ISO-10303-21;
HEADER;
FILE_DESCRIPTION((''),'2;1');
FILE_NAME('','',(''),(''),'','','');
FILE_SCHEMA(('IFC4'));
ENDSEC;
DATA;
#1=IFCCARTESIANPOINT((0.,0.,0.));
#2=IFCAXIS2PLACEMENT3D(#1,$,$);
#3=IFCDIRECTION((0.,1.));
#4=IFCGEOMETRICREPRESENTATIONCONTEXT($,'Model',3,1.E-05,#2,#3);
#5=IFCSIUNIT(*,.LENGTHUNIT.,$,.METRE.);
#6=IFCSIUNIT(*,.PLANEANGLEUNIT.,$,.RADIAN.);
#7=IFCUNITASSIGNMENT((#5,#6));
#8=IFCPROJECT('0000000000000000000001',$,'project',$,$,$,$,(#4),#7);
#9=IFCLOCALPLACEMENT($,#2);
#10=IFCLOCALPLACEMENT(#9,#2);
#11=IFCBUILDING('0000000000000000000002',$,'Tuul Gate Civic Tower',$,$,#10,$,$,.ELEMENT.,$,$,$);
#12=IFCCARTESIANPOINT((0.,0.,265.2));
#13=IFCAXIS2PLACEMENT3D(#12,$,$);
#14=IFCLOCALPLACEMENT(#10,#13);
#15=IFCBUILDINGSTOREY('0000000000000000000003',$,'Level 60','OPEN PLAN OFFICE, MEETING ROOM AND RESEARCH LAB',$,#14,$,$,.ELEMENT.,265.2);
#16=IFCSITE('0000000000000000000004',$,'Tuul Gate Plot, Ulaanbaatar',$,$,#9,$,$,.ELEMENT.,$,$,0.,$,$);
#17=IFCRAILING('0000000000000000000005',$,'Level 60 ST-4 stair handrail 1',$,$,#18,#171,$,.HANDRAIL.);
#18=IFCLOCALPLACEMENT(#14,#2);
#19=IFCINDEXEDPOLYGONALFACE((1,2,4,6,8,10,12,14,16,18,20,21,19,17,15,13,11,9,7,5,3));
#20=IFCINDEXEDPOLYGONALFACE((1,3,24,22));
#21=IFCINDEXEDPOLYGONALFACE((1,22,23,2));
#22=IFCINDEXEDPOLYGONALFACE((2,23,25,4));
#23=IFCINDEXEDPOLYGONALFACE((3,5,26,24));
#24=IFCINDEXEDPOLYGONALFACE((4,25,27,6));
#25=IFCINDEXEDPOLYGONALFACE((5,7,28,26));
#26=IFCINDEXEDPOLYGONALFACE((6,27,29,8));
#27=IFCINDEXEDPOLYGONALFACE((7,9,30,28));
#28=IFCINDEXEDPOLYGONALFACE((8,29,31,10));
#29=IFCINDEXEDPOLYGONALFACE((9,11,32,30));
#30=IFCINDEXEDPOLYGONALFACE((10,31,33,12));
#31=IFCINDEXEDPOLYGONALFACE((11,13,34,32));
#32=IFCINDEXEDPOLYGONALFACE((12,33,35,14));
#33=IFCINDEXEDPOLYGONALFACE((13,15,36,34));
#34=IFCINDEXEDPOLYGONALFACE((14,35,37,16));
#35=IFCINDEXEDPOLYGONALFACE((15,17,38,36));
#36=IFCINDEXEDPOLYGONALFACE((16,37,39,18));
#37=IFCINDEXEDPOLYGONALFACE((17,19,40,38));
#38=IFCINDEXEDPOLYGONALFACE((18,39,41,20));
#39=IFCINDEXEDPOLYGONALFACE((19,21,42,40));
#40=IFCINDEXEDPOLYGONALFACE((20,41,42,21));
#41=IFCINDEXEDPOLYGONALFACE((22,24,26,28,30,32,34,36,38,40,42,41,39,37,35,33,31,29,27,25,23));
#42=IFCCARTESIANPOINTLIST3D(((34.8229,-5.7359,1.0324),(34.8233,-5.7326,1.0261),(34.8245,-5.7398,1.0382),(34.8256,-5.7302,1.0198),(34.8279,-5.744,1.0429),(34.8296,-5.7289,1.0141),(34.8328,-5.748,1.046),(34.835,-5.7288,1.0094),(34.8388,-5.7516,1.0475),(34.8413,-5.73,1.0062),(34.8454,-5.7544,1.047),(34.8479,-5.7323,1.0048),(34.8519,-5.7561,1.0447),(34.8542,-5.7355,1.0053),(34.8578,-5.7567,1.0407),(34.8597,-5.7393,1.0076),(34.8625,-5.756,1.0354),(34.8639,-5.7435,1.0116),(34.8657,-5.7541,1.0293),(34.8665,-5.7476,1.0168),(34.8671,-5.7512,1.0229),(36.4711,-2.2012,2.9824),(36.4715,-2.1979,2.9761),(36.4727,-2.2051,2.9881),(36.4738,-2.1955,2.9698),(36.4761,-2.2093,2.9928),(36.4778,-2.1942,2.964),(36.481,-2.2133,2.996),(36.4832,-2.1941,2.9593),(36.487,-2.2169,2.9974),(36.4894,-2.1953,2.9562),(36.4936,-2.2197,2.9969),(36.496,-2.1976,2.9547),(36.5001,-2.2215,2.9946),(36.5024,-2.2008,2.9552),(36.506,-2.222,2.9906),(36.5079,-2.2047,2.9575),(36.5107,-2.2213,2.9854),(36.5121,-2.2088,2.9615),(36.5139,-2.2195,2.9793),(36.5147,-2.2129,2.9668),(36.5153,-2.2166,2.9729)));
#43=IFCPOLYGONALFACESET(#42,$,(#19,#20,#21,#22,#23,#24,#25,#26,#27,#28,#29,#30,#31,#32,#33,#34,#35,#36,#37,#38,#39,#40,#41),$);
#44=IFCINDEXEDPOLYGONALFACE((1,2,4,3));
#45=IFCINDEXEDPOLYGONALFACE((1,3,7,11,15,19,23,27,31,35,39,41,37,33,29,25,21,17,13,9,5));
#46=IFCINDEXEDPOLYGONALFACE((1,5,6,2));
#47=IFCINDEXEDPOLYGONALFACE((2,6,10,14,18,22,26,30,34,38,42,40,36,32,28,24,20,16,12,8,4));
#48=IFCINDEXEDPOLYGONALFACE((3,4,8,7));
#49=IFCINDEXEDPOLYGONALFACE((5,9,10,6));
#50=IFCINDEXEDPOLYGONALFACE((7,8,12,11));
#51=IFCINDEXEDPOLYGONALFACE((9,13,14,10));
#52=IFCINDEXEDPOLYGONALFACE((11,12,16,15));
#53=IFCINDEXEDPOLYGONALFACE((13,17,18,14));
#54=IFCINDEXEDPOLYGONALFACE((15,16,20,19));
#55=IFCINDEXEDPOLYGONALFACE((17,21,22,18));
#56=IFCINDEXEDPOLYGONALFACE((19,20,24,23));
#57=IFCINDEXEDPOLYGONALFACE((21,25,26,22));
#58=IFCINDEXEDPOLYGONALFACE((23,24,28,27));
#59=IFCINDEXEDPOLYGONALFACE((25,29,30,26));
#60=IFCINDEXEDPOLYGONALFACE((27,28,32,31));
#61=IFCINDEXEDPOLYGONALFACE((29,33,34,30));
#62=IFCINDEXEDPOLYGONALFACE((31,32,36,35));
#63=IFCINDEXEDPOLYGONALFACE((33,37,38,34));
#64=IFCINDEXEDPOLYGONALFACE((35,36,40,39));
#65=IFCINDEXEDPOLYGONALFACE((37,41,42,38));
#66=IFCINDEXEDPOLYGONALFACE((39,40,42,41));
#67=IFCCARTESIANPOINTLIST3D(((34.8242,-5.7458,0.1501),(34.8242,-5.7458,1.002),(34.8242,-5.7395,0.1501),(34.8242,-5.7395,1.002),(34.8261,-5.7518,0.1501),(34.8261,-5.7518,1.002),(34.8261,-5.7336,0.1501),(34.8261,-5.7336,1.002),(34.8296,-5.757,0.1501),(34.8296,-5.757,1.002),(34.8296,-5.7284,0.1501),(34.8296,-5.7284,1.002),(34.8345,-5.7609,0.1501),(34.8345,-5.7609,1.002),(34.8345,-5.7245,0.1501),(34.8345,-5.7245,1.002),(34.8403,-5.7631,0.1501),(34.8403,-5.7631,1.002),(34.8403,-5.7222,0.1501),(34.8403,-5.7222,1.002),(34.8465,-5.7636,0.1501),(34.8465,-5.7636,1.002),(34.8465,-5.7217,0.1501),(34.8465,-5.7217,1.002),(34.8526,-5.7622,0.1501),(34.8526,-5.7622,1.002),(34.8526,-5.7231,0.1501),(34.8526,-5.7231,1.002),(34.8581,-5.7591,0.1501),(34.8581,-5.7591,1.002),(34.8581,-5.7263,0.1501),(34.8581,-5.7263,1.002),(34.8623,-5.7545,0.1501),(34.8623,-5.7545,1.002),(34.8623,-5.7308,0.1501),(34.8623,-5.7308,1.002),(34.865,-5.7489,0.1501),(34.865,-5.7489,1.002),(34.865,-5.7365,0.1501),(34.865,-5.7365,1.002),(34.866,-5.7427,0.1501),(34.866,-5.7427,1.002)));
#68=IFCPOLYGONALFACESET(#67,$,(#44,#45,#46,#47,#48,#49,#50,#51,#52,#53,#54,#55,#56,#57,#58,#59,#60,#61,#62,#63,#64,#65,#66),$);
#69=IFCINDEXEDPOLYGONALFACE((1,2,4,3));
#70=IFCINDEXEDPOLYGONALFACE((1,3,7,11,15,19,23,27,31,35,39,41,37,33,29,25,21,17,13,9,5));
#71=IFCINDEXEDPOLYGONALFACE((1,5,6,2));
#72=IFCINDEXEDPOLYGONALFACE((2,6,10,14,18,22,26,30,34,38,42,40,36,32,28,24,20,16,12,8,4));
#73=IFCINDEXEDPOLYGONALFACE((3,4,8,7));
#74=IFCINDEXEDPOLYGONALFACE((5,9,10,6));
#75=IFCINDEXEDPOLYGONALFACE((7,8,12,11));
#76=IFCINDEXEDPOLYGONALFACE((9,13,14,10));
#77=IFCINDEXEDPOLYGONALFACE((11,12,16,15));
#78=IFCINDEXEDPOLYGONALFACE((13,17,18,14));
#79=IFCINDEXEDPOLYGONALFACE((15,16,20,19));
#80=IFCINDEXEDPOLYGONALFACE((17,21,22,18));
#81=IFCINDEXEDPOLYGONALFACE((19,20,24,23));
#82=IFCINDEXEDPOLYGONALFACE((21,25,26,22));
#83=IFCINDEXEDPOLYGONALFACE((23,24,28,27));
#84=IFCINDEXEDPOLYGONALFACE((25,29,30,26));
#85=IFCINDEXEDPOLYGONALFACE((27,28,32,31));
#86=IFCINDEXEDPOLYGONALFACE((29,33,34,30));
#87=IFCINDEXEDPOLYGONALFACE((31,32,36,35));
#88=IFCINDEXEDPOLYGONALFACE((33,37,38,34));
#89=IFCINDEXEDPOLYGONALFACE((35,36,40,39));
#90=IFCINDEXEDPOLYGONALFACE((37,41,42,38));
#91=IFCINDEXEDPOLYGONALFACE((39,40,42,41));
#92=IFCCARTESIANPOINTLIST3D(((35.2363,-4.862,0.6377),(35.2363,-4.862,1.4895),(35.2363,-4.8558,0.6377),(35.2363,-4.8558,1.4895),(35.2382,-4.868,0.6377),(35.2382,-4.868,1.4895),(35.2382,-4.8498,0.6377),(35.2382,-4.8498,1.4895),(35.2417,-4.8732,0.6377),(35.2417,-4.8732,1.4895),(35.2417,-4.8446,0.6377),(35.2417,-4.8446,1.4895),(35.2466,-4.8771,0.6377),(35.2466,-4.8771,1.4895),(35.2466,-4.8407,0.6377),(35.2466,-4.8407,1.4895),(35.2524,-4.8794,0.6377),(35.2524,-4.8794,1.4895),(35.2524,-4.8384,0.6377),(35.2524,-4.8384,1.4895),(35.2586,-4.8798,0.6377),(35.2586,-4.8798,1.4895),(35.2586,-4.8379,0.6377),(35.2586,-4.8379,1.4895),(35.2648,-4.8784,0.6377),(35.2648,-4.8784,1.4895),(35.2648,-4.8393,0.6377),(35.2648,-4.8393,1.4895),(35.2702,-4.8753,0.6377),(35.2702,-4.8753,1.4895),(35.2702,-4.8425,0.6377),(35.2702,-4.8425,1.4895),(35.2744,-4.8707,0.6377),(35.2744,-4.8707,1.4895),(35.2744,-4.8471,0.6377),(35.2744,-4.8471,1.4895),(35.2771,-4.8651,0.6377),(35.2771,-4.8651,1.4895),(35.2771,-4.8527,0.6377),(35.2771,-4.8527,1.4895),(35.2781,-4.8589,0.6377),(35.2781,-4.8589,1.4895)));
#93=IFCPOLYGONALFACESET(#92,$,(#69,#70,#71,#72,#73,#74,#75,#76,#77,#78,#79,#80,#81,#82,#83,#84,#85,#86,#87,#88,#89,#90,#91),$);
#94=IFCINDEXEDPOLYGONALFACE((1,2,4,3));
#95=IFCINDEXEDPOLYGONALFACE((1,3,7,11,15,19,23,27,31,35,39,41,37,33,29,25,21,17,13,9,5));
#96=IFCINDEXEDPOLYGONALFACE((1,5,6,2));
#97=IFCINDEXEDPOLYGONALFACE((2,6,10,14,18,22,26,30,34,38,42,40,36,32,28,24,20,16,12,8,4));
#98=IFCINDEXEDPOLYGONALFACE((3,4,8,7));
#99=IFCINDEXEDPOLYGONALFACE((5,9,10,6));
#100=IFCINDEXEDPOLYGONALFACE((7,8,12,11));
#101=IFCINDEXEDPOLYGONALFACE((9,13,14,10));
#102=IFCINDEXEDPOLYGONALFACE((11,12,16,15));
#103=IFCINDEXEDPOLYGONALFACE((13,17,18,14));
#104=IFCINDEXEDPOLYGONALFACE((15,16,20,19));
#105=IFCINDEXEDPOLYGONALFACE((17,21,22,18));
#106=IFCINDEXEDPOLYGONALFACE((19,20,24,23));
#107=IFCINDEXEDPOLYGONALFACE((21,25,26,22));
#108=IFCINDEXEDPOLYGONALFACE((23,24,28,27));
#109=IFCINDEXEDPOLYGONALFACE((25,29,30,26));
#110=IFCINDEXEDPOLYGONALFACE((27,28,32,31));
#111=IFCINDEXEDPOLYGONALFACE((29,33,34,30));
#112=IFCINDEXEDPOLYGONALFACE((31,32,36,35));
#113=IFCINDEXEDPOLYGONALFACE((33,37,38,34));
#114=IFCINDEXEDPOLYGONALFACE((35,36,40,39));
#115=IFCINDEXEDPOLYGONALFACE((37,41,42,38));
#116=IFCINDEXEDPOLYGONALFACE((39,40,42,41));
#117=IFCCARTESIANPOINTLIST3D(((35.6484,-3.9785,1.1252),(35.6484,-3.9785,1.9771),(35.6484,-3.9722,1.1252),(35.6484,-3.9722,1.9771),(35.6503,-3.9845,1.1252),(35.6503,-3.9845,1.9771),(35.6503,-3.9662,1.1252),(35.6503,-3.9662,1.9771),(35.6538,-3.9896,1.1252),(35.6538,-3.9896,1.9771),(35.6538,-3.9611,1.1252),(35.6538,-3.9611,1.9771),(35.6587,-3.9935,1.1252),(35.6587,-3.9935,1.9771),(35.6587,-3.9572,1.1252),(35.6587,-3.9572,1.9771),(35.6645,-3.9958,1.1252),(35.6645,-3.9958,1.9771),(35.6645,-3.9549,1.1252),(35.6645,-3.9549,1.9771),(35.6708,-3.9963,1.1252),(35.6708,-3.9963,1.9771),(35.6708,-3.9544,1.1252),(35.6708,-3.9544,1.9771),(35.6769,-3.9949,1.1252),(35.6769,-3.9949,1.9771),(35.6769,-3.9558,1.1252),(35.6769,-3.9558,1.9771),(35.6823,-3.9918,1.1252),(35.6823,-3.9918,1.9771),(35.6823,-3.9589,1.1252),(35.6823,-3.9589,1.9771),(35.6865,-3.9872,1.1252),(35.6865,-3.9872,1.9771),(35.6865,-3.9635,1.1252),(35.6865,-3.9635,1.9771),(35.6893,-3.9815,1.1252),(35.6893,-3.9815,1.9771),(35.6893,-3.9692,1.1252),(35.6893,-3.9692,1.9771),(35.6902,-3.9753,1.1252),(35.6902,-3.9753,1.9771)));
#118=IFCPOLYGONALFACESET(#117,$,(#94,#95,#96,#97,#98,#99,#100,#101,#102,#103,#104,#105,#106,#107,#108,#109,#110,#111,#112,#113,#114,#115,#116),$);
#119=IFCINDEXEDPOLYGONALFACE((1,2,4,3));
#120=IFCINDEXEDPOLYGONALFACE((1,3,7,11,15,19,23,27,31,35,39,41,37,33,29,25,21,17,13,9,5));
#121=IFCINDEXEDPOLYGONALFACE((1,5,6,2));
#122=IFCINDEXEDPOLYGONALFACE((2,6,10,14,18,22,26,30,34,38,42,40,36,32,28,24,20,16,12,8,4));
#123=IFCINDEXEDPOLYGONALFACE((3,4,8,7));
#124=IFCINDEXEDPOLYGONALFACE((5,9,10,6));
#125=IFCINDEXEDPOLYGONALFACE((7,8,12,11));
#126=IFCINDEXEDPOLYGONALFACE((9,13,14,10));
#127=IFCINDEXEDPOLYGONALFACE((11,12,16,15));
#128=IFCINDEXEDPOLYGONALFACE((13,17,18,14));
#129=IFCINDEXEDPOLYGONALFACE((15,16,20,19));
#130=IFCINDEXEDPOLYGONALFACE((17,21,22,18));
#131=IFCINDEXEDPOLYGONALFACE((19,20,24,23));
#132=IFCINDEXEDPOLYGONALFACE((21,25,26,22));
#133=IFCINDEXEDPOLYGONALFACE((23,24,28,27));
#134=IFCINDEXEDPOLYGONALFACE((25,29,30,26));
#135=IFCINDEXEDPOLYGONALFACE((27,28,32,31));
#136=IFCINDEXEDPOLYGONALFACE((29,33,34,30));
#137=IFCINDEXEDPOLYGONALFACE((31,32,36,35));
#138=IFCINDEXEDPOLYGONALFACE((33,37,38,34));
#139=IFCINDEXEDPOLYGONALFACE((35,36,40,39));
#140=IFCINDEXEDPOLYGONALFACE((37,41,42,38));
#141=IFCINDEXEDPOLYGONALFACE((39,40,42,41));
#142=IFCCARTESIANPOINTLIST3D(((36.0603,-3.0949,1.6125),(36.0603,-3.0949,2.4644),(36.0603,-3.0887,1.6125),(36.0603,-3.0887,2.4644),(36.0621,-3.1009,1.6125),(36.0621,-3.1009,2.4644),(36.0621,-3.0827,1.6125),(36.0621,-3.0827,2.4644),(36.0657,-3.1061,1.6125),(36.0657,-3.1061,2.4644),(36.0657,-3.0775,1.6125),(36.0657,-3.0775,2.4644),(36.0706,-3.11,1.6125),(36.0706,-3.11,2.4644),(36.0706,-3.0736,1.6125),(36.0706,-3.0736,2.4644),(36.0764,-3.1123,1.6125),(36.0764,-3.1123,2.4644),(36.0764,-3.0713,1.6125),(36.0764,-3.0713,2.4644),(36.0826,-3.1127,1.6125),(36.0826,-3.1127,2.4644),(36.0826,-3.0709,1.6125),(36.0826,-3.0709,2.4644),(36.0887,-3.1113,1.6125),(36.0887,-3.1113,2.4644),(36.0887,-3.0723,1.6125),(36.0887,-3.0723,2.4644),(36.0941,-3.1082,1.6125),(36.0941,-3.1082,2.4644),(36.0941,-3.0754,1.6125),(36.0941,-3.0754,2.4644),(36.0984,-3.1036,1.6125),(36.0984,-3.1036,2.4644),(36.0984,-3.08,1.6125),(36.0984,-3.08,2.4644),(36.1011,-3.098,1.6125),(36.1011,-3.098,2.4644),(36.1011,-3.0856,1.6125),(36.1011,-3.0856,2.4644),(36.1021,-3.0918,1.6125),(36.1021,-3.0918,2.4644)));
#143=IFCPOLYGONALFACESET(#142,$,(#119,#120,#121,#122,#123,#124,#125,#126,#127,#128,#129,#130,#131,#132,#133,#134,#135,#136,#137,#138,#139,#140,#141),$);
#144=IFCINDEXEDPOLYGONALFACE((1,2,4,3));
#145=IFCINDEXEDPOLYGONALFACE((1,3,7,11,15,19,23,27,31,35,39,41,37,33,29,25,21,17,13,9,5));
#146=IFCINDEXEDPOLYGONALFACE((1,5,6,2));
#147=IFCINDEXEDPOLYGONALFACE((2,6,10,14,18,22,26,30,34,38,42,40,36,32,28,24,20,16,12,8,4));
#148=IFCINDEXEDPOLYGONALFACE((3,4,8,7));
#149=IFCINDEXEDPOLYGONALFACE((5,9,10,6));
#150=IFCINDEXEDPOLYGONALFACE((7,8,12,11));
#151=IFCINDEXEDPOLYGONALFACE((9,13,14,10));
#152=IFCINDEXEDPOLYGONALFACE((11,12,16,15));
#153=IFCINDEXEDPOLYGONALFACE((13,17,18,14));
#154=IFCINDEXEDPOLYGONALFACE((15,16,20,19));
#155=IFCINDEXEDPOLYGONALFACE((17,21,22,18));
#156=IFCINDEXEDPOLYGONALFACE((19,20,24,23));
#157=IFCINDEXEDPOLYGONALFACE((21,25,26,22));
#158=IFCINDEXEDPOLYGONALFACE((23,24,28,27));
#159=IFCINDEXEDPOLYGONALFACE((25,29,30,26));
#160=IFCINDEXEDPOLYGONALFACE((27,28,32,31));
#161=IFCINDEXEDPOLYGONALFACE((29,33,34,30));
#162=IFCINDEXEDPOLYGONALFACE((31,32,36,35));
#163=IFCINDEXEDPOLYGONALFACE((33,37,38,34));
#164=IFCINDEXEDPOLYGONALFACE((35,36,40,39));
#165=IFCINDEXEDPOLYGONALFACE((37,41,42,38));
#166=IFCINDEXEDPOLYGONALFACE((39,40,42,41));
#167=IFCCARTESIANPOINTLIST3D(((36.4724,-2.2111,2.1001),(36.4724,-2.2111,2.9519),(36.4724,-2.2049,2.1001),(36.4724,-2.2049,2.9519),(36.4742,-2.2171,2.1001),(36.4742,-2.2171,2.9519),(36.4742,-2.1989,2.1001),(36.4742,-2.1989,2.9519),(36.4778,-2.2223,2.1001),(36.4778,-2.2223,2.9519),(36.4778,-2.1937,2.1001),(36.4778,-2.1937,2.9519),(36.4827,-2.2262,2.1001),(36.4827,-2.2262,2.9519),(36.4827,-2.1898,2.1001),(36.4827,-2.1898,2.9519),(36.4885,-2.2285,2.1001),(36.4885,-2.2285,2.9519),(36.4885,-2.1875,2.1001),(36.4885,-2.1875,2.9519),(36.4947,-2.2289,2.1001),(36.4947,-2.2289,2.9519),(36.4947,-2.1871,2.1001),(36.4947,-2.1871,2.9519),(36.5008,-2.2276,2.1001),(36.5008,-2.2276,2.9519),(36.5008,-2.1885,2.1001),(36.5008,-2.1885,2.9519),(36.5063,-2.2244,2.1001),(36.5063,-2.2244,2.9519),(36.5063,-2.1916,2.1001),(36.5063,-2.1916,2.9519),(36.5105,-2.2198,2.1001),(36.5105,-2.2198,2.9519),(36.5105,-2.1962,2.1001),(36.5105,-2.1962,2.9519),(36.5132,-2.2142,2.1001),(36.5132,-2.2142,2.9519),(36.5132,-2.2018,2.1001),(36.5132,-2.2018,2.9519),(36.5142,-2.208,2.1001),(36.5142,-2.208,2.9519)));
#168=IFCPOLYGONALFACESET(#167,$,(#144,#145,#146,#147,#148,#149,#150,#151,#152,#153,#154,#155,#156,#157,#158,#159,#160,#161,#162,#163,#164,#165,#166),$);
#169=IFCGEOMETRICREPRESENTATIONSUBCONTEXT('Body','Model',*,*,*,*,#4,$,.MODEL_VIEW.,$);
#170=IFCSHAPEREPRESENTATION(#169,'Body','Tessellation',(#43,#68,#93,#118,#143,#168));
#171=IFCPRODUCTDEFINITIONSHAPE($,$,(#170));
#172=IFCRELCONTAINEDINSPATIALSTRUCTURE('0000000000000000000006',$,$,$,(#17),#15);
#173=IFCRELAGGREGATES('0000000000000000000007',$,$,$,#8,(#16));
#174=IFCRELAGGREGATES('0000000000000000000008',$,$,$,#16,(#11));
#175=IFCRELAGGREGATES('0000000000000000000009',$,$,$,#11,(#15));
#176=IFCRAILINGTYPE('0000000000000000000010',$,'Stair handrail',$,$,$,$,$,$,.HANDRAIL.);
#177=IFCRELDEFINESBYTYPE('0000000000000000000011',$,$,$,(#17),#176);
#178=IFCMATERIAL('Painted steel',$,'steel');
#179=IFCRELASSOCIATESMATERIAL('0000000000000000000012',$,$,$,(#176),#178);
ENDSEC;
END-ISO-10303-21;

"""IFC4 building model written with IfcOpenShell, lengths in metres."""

from ifc_helpers import new_model, si_unit, direction, frame, origin, origin_2d, place, context, subcontext, project, spatial, circle, extrude, material, type_object, element, save


model = new_model("IFC4")

# Units and contexts
model_context = context("Model", 3, precision=1e-05, world=origin(), true_north=direction((0.0, 1.0)))
body_context = subcontext(model_context, "Body", "Model", "MODEL_VIEW")
ifc_project = project(units=[si_unit("LENGTHUNIT", "METRE"), si_unit("PLANEANGLEUNIT", "RADIAN")], contexts=[model_context])

# Site, building, storey
site_placement = place(None, origin())
site = spatial("IfcSite", under=ifc_project, at=site_placement, Name="Tuul Gate Plot, Ulaanbaatar", CompositionType="ELEMENT", RefElevation=0.0)
building_placement = place(site_placement, origin())
building = spatial("IfcBuilding", under=site, at=building_placement, Name="Tuul Gate Civic Tower", CompositionType="ELEMENT")
storey_placement = place(building_placement, frame((0.0, 0.0, 265.2)))
storey = spatial("IfcBuildingStorey", under=building, at=storey_placement, Name="Level 60", Description="OPEN PLAN OFFICE, MEETING ROOM AND RESEARCH LAB", CompositionType="ELEMENT", Elevation=265.2)

# Railing
ifc_material_1 = material(Name="Painted steel", Category="steel")
railing_type_1 = type_object("IfcRailingType", Name="Stair handrail", PredefinedType="HANDRAIL", material=ifc_material_1)
railing_1_placement = place(storey_placement, frame((34.845, -5.7427, 0.1501)))
element("IfcRailing", 1, at=railing_1_placement, inside=storey, type_object=railing_type_1, Name="Level 60 ST-4 stair handrail 1", PredefinedType="HANDRAIL", context=body_context, shape_type="SweptSolid", body=[
    extrude(circle(Radius=0.0239, at=origin_2d()), frame((0.0, 0.0, 0.876), z_axis=(0.377995, 0.810637, 0.4472), x_axis=(-0.906313, 0.422608, 0.0)), (0.0, 0.0, 1.0), 4.3604),
    extrude(circle(Radius=0.021, at=origin_2d()), origin(), (0.0, 0.0, 1.0), 0.8518),
    extrude(circle(Radius=0.021, at=origin_2d()), frame((0.4121, 0.8838, 0.4875)), (0.0, 0.0, 1.0), 0.8518),
    extrude(circle(Radius=0.021, at=origin_2d()), frame((0.8242, 1.7673, 0.9751)), (0.0, 0.0, 1.0), 0.8518),
    extrude(circle(Radius=0.021, at=origin_2d()), frame((1.2361, 2.6509, 1.4624)), (0.0, 0.0, 1.0), 0.8518),
    extrude(circle(Radius=0.021, at=origin_2d()), frame((1.6482, 3.5347, 1.95)), (0.0, 0.0, 1.0), 0.8518),
])

save(model, "model.ifc")
